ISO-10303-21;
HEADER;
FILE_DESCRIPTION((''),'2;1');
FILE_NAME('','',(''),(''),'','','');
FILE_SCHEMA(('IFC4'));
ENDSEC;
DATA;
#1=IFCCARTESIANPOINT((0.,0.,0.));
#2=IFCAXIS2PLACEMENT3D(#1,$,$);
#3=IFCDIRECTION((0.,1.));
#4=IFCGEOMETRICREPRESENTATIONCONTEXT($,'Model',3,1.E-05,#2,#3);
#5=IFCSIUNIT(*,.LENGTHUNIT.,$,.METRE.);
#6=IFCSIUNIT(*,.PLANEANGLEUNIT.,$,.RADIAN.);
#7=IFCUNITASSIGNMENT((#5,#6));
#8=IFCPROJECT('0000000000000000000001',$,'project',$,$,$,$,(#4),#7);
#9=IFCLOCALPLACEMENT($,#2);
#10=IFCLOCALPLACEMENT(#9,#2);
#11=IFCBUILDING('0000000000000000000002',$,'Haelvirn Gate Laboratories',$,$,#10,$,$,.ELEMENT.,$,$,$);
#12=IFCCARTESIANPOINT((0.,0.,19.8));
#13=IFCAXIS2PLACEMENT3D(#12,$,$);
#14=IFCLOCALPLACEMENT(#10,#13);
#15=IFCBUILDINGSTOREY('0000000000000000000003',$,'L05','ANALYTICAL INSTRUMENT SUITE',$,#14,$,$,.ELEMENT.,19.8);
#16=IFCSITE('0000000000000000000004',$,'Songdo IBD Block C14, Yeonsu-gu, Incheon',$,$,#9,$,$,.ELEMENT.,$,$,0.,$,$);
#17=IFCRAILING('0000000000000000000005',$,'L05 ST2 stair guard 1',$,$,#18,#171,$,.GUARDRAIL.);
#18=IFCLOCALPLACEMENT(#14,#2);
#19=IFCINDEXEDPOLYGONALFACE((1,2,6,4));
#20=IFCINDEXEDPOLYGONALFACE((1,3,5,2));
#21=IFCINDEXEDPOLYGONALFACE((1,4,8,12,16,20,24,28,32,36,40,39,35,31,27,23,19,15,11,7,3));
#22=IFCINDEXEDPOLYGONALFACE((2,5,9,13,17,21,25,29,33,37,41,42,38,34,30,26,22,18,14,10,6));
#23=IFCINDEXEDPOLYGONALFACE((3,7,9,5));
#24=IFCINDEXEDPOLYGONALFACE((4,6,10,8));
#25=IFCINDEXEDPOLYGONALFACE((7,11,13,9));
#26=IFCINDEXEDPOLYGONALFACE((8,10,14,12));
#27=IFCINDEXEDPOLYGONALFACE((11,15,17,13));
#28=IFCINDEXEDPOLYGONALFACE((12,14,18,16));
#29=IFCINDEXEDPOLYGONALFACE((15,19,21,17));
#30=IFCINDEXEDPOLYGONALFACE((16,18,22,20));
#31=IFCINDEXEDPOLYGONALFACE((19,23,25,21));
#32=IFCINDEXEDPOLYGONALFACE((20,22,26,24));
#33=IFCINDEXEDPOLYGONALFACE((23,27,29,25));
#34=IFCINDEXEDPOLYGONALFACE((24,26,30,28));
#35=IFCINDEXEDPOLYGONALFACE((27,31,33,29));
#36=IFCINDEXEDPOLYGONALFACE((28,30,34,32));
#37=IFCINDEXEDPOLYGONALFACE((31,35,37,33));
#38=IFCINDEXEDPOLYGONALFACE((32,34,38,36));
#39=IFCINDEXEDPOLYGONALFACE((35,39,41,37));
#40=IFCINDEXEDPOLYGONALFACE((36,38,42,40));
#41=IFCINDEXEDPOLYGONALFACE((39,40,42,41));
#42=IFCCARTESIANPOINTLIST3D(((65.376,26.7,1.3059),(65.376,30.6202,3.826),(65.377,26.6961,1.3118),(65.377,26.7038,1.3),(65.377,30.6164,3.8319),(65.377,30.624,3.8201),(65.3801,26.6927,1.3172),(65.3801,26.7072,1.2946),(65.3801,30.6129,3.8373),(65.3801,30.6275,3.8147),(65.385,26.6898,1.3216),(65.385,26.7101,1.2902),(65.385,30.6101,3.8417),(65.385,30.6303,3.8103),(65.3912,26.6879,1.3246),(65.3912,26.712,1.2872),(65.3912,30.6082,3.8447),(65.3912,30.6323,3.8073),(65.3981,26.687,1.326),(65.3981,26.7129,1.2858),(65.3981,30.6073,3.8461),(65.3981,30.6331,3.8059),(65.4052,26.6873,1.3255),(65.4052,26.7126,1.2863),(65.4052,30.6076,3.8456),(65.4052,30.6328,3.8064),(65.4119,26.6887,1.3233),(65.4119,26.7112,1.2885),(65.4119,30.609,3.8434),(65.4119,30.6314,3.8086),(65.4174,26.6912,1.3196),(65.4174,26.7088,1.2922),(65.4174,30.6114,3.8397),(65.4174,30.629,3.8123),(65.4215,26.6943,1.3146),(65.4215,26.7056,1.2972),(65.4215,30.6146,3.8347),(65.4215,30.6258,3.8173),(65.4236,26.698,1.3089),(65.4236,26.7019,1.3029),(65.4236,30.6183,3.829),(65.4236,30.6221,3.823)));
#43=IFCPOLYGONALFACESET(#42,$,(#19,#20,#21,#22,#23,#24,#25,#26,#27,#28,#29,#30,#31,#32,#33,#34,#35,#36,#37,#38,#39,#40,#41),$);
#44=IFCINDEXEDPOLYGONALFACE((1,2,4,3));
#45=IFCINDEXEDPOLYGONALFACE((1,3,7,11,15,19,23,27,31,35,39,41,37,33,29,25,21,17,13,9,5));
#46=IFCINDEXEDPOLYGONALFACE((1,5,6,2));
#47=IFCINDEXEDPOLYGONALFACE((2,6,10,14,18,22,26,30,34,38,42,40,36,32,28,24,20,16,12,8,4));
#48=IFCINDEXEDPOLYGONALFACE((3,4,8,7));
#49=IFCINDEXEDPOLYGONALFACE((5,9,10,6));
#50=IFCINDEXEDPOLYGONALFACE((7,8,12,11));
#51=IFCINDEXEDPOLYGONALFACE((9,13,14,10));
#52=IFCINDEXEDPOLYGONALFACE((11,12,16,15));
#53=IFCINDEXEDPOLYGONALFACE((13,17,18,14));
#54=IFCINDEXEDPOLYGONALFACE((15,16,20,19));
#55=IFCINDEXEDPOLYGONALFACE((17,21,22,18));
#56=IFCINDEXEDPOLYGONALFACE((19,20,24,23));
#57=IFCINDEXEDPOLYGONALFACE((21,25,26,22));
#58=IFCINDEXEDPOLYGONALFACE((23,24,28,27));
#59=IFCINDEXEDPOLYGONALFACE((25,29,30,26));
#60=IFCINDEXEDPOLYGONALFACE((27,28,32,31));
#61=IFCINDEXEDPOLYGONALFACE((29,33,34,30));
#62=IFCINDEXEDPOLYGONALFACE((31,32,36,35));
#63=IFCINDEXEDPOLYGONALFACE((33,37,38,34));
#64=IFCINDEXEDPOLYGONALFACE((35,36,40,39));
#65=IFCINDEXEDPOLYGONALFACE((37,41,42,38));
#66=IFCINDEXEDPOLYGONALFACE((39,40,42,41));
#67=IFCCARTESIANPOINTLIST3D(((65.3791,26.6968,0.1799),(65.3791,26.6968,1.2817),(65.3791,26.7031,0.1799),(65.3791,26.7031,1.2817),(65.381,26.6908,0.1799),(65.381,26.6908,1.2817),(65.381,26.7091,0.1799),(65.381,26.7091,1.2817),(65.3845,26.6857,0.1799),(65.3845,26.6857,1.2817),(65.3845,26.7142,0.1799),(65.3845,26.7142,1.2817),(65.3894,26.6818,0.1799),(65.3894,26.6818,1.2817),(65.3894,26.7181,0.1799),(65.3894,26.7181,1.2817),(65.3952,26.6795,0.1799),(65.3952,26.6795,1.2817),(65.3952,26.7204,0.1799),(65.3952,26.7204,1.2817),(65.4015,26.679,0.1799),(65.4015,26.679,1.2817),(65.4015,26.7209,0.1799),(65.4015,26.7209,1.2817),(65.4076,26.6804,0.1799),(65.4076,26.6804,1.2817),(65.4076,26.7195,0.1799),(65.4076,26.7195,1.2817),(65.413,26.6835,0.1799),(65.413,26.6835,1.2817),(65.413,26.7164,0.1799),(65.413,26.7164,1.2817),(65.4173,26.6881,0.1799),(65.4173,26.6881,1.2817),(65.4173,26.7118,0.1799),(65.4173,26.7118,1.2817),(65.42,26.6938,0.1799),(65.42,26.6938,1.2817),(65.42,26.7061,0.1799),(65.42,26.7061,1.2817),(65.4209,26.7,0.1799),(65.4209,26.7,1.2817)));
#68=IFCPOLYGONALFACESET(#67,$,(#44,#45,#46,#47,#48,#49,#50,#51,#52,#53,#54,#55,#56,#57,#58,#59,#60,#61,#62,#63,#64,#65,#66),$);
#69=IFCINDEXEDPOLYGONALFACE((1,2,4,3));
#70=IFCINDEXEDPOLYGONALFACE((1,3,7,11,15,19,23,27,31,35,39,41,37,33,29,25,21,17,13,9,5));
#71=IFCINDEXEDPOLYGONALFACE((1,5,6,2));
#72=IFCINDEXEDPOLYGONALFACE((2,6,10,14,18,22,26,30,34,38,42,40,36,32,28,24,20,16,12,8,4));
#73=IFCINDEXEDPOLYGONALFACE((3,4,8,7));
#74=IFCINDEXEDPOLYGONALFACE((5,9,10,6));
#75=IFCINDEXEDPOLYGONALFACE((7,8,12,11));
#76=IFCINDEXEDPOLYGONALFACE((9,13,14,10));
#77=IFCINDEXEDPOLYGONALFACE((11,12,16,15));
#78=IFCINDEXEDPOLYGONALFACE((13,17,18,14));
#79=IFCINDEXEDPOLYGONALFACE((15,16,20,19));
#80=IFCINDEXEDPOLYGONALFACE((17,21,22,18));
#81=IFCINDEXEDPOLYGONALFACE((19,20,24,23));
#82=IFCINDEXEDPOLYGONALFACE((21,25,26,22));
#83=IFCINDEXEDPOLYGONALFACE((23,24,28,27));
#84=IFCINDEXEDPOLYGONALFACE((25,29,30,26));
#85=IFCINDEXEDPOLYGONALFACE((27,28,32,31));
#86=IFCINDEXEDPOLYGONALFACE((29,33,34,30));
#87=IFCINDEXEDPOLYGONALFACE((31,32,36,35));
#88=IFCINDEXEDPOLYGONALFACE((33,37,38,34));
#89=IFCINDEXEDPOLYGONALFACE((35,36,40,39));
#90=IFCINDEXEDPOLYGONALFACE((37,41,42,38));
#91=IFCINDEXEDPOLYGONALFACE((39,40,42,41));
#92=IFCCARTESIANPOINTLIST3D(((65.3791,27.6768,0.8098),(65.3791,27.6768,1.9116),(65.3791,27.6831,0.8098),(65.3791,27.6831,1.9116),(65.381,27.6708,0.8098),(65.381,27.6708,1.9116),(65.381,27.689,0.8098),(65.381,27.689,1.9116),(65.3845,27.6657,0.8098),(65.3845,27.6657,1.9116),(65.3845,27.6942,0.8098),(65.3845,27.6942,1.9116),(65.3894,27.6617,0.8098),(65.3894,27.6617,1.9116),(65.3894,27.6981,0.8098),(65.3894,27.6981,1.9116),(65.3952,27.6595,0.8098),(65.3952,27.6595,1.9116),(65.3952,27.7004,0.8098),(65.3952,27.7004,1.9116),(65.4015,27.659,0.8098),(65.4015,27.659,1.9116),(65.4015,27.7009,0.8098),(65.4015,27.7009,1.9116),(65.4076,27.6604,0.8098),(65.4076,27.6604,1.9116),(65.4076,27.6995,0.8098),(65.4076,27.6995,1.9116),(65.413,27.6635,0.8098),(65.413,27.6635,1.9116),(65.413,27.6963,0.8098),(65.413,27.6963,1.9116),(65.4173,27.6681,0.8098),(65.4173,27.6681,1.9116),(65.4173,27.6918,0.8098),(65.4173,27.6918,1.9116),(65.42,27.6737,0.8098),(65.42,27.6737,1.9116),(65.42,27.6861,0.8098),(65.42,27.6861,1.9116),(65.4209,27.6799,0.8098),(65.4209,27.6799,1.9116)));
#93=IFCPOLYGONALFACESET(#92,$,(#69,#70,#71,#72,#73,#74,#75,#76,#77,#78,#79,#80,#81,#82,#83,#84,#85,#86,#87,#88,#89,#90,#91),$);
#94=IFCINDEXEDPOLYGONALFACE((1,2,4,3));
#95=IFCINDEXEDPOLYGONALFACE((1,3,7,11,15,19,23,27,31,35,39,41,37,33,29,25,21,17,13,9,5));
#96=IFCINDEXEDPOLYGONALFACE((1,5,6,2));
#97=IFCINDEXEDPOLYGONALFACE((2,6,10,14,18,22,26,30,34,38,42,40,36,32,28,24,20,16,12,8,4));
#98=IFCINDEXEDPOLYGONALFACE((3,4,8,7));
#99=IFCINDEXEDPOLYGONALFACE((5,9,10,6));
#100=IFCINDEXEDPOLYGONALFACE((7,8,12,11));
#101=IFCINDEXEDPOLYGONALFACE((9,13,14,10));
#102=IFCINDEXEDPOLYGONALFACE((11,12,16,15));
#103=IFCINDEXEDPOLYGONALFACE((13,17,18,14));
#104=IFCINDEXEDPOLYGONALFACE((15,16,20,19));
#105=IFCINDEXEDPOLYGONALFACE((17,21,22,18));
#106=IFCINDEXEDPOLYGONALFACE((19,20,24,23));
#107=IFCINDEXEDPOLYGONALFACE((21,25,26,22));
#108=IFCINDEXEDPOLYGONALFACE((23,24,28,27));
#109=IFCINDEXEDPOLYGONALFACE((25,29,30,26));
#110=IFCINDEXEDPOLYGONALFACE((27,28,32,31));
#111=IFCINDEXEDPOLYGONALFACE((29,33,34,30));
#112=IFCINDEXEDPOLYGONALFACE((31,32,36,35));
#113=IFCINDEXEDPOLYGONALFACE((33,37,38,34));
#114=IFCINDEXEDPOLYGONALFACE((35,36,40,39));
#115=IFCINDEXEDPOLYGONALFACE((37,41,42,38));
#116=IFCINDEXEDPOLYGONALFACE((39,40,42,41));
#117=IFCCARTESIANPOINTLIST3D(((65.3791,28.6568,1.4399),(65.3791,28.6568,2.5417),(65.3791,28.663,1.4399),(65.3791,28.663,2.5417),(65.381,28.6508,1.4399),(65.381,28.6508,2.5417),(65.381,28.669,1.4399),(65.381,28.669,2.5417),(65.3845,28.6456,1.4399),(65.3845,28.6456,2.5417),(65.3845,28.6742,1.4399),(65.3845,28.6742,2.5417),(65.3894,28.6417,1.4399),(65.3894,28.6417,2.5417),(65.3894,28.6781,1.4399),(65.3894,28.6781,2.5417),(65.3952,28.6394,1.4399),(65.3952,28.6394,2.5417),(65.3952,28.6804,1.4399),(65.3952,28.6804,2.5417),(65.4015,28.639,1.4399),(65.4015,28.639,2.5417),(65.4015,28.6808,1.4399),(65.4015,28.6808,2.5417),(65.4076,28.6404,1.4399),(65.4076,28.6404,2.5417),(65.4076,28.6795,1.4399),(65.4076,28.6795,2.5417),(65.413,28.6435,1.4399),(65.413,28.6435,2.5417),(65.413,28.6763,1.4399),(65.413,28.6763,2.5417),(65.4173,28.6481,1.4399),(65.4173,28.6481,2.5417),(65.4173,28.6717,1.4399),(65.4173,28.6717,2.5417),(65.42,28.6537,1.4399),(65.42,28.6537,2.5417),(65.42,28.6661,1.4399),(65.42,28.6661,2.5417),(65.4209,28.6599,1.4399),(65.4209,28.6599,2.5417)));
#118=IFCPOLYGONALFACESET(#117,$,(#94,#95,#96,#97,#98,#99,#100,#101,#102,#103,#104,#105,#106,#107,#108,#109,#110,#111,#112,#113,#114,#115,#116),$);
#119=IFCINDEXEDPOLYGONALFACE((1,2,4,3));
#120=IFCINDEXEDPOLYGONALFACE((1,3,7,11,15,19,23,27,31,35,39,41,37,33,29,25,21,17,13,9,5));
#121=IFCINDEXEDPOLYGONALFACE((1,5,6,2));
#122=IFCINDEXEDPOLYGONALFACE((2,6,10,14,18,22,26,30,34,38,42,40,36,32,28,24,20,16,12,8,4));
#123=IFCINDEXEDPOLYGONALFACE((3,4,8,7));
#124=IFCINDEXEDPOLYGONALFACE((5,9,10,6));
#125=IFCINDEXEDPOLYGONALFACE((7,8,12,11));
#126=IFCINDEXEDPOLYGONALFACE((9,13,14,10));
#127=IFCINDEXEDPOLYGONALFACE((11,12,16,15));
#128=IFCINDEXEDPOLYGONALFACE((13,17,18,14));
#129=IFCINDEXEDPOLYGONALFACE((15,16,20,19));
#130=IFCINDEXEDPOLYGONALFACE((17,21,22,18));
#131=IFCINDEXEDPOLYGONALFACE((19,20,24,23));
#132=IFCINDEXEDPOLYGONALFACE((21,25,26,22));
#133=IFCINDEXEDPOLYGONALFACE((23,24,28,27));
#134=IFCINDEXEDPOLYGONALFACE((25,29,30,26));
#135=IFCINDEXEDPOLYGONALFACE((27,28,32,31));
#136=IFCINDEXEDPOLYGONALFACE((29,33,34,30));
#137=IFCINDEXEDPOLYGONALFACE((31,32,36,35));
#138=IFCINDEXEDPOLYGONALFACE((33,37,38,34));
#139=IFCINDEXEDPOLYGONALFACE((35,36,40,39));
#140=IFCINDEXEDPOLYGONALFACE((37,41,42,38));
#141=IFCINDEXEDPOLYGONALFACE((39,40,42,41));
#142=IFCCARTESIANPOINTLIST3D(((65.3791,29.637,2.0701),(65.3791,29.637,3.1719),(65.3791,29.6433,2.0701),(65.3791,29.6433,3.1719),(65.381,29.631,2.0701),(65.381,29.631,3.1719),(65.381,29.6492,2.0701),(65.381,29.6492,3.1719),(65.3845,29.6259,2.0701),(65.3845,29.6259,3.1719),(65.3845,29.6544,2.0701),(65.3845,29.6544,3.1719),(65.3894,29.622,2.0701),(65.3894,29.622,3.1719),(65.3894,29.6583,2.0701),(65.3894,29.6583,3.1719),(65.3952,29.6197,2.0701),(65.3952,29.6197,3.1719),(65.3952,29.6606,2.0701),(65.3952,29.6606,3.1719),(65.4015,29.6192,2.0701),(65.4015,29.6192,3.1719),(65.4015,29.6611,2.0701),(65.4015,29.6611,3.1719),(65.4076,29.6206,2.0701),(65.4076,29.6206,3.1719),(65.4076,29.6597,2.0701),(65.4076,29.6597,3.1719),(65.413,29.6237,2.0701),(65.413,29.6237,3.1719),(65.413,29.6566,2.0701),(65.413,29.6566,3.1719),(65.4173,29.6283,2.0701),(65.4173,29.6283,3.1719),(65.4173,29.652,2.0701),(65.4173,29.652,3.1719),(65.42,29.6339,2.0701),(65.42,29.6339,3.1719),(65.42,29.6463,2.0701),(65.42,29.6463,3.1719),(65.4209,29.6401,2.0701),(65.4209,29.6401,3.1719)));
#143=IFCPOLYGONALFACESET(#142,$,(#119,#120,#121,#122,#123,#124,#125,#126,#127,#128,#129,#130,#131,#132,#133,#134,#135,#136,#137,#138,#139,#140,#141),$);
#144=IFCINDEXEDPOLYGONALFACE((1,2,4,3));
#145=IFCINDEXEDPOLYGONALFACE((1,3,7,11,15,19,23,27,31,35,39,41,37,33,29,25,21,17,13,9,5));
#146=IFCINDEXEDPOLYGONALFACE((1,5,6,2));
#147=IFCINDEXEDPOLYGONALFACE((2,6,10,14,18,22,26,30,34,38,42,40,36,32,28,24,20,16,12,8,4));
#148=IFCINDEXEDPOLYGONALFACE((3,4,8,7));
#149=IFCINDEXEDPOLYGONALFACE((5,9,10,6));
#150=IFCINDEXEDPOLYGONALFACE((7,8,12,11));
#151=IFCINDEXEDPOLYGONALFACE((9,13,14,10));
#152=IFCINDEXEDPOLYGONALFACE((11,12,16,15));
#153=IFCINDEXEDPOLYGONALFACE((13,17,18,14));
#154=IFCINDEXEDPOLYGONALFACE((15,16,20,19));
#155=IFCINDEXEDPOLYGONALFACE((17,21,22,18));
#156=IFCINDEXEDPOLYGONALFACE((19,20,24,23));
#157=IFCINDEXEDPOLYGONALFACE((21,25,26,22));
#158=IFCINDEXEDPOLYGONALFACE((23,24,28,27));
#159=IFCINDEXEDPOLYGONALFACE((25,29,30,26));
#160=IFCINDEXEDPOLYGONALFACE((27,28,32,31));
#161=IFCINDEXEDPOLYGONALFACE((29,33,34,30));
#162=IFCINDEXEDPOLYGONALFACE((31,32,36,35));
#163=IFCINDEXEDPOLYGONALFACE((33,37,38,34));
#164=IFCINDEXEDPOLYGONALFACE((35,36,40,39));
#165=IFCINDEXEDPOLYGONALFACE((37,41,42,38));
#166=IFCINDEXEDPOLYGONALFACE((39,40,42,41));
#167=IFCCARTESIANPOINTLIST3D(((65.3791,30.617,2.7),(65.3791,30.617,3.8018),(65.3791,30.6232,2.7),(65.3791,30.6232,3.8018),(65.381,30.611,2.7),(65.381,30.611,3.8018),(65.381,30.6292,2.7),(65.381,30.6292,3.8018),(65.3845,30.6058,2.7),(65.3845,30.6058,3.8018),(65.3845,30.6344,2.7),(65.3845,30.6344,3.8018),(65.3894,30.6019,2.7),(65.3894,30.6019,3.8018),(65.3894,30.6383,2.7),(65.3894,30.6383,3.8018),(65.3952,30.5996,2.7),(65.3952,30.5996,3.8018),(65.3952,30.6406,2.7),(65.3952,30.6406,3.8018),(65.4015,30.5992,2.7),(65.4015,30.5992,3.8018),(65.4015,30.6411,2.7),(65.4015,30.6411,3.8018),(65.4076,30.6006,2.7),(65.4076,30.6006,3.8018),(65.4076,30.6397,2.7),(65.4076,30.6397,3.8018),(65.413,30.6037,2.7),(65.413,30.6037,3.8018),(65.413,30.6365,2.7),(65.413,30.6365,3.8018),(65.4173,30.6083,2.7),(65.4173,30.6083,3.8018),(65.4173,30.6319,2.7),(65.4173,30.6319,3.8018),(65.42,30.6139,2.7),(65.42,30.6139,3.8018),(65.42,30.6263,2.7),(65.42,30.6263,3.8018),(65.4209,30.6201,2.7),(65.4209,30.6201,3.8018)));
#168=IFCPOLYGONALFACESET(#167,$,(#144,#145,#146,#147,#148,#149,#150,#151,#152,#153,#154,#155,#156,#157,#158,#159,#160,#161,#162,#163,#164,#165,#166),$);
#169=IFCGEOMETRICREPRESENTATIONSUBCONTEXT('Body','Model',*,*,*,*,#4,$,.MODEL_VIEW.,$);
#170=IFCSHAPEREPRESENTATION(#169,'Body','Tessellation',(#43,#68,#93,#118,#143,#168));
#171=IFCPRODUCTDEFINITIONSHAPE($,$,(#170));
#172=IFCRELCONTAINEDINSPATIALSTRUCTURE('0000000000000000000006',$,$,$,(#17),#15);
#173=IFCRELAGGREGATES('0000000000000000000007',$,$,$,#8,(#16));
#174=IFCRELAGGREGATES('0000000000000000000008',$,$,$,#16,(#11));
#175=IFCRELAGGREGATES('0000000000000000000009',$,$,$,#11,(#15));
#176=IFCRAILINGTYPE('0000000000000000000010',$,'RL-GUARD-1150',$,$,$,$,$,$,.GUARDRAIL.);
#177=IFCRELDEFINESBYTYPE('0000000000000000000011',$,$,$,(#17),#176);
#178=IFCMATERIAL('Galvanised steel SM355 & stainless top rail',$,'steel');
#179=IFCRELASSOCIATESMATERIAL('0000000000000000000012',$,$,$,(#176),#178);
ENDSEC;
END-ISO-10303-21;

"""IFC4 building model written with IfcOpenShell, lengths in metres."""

from ifc_helpers import new_model, si_unit, direction, frame, origin, origin_2d, place, context, subcontext, project, spatial, circle, extrude, source, transform, mapped, material, type_object, element, save


model = new_model("IFC4")

# Units and contexts
model_context = context("Model", 3, precision=1e-05, world=origin(), true_north=direction((0.0, 1.0)))
body_context = subcontext(model_context, "Body", "Model", "MODEL_VIEW")
ifc_project = project(units=[si_unit("LENGTHUNIT", "METRE"), si_unit("PLANEANGLEUNIT", "RADIAN")], contexts=[model_context])

# Site, building, storey
site_placement = place(None, origin())
site = spatial("IfcSite", under=ifc_project, at=site_placement, Name="Songdo IBD Block C14, Yeonsu-gu, Incheon", CompositionType="ELEMENT", RefElevation=0.0)
building_placement = place(site_placement, origin())
building = spatial("IfcBuilding", under=site, at=building_placement, Name="Haelvirn Gate Laboratories", CompositionType="ELEMENT")
storey_placement = place(building_placement, frame((0.0, 0.0, 19.8)))
storey = spatial("IfcBuildingStorey", under=building, at=storey_placement, Name="L05", Description="ANALYTICAL INSTRUMENT SUITE", CompositionType="ELEMENT", Elevation=19.8)

# Railing
ifc_material_1 = material(Name="Galvanised steel SM355 & stainless top rail", Category="steel")
railing_type_1 = type_object("IfcRailingType", Name="RL-GUARD-1150", PredefinedType="GUARDRAIL", material=ifc_material_1)
shared_shape_1 = source(origin(), body_context, "Body", "SweptSolid", [
    extrude(circle(Radius=0.0239, at=origin_2d()), frame((0.0, 0.0, 1.126), z_axis=(0.0, 0.841187, 0.540744), x_axis=(-1.0, 0.0, 0.0)), (0.0, 0.0, 1.0), 4.6604),
    extrude(circle(Radius=0.021, at=origin_2d()), origin(), (0.0, 0.0, 1.0), 1.1018),
    extrude(circle(Radius=0.021, at=origin_2d()), frame((0.0, 0.98, 0.6299)), (0.0, 0.0, 1.0), 1.1018),
    extrude(circle(Radius=0.021, at=origin_2d()), frame((0.0, 1.96, 1.26)), (0.0, 0.0, 1.0), 1.1018),
    extrude(circle(Radius=0.021, at=origin_2d()), frame((0.0, 2.9402, 1.8901)), (0.0, 0.0, 1.0), 1.1018),
    extrude(circle(Radius=0.021, at=origin_2d()), frame((0.0, 3.9202, 2.52)), (0.0, 0.0, 1.0), 1.1018),
])
railing_1_placement = place(storey_placement, frame((65.3999, 26.7, 0.1799)))
element("IfcRailing", 1, at=railing_1_placement, inside=storey, type_object=railing_type_1, Name="L05 ST2 stair guard 1", PredefinedType="GUARDRAIL", context=body_context, shape_type="MappedRepresentation", body=[
    mapped(shared_shape_1, transform((0.0, 0.0, 0.0), scale=1.0)),
])

save(model, "model.ifc")
